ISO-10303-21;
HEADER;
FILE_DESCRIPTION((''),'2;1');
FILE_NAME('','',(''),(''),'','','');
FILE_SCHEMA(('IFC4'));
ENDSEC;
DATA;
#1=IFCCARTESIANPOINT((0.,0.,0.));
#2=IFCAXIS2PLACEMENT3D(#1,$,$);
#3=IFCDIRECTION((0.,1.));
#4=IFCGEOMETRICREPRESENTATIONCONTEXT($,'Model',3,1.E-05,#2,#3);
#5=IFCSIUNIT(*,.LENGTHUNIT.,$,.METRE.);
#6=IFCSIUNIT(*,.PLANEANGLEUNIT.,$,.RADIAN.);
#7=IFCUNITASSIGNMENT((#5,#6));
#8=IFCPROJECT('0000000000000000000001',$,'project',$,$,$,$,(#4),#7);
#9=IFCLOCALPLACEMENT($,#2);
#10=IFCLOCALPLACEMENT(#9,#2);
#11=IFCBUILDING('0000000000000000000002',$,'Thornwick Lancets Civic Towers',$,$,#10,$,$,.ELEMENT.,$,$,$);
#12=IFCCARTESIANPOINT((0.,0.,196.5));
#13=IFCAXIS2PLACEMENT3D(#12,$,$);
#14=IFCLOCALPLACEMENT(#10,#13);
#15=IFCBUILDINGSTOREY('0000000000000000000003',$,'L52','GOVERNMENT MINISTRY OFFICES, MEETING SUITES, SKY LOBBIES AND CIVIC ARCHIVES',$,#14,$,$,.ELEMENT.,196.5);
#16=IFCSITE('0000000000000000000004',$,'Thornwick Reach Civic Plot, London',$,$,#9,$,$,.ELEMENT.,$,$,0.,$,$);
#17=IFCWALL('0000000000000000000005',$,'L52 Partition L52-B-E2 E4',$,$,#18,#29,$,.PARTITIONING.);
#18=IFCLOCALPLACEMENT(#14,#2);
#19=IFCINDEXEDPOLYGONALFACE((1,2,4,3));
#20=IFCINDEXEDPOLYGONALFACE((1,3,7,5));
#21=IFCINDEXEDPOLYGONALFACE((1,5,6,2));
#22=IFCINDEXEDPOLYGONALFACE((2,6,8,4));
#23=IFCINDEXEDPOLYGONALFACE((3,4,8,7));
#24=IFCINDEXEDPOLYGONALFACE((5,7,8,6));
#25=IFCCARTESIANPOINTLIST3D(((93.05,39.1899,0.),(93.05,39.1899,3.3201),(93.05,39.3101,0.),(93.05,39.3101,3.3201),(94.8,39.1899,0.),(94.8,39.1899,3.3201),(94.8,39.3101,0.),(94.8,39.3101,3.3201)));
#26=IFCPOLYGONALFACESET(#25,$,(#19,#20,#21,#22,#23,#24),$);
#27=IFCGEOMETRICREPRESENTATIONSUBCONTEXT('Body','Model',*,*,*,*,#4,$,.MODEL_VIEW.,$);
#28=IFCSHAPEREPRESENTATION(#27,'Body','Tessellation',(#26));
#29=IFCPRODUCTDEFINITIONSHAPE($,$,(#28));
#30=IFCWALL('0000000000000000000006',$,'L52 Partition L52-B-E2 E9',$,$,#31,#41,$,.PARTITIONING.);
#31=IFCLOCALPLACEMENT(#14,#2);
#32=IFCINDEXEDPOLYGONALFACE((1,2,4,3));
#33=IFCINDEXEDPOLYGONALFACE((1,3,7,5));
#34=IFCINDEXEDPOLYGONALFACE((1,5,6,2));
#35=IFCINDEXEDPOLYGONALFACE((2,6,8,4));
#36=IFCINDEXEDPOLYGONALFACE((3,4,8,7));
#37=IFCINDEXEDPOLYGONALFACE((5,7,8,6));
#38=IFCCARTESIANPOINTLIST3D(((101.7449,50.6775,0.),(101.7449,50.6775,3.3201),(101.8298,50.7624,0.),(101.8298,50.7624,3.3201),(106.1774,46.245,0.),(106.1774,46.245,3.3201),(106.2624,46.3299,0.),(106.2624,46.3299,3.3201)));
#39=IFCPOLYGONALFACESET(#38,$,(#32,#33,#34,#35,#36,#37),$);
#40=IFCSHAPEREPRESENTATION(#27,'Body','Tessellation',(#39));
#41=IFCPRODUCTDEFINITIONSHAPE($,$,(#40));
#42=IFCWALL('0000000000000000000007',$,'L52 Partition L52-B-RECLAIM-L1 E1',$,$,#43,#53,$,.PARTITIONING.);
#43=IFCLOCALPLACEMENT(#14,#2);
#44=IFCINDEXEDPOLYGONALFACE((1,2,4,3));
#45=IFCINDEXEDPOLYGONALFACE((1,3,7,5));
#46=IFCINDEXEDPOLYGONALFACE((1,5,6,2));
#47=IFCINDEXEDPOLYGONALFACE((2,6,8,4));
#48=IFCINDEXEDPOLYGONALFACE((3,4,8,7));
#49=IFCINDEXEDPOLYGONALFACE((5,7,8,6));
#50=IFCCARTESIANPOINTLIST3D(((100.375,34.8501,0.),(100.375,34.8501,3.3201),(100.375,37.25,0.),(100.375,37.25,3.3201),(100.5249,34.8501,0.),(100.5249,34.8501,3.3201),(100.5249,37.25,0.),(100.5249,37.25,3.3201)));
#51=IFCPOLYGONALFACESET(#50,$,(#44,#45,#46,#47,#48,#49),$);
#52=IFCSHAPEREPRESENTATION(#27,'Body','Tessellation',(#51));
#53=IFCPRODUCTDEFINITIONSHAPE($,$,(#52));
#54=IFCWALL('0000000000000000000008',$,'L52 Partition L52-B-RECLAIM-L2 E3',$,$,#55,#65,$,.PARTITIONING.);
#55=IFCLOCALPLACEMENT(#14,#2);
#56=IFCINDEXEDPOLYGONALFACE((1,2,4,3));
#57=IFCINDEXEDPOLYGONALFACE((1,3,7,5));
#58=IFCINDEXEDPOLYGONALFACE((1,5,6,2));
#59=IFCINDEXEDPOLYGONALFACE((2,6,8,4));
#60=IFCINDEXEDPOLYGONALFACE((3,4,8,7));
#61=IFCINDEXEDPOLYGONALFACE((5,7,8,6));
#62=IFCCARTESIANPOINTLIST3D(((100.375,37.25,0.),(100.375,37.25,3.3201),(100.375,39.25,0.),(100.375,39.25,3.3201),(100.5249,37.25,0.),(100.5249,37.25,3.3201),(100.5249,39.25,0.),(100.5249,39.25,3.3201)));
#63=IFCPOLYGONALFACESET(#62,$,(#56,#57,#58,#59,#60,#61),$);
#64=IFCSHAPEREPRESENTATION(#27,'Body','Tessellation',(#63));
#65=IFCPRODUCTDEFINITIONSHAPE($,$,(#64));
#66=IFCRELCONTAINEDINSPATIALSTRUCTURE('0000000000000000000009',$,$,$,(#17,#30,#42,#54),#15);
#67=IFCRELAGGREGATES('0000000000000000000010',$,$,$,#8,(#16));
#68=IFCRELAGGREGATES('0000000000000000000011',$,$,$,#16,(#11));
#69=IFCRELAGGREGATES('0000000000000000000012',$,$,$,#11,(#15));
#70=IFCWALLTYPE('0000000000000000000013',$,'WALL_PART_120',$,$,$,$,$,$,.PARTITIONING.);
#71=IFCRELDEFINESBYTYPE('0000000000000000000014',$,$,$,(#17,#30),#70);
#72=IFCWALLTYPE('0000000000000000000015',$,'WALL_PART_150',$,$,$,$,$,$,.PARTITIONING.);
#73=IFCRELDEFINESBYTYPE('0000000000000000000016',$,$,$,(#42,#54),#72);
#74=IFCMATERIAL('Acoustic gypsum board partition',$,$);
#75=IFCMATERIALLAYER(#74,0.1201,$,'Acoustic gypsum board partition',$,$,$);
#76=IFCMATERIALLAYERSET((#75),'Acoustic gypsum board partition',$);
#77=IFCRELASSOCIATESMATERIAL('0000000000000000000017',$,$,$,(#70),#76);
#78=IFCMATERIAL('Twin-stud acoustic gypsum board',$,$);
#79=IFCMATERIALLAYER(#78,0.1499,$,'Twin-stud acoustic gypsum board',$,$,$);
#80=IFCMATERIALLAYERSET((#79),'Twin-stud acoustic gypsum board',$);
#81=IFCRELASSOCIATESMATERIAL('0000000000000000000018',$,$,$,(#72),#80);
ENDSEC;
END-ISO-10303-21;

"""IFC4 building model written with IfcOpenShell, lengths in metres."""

from ifc_helpers import new_model, si_unit, direction, frame, frame_2d, origin, place, context, subcontext, project, spatial, rectangle, extrude, material, layer, layer_set, type_object, element, save


model = new_model("IFC4")

# Units and contexts
model_context = context("Model", 3, precision=1e-05, world=origin(), true_north=direction((0.0, 1.0)))
body_context = subcontext(model_context, "Body", "Model", "MODEL_VIEW")
ifc_project = project(units=[si_unit("LENGTHUNIT", "METRE"), si_unit("PLANEANGLEUNIT", "RADIAN")], contexts=[model_context])

# Site, building, storey
site_placement = place(None, origin())
site = spatial("IfcSite", under=ifc_project, at=site_placement, Name="Thornwick Reach Civic Plot, London", CompositionType="ELEMENT", RefElevation=0.0)
building_placement = place(site_placement, origin())
building = spatial("IfcBuilding", under=site, at=building_placement, Name="Thornwick Lancets Civic Towers", CompositionType="ELEMENT")
storey_placement = place(building_placement, frame((0.0, 0.0, 196.5)))
storey = spatial("IfcBuildingStorey", under=building, at=storey_placement, Name="L52", Description="GOVERNMENT MINISTRY OFFICES, MEETING SUITES, SKY LOBBIES AND CIVIC ARCHIVES", CompositionType="ELEMENT", Elevation=196.5)

# Walls
ifc_material_1 = material(Name="Acoustic gypsum board partition")
ifc_layer_1 = layer(ifc_material_1, 0.1201, Name="Acoustic gypsum board partition")
ifc_layer_set_1 = layer_set([ifc_layer_1], Name="Acoustic gypsum board partition")
wall_type_1 = type_object("IfcWallType", Name="WALL_PART_120", PredefinedType="PARTITIONING", material=ifc_layer_set_1)
wall_1_placement = place(storey_placement, frame((94.8, 39.25, 0.0), z_axis=(0.0, 0.0, 1.0), x_axis=(-1.0, 0.0, 0.0)))
element("IfcWall", 1, at=wall_1_placement, inside=storey, type_object=wall_type_1, Name="L52 Partition L52-B-E2 E4", PredefinedType="PARTITIONING", context=body_context, shape_type="SweptSolid", body=[
    extrude(rectangle(XDim=1.75, YDim=0.1201, at=frame_2d((0.875, 0.0))), origin(), (0.0, 0.0, 1.0), 3.3201),
])
wall_2_placement = place(storey_placement, frame((101.7874, 50.72, 0.0), z_axis=(0.0, 0.0, 1.0), x_axis=(0.707107, -0.707107, 0.0)))
element("IfcWall", 2, at=wall_2_placement, inside=storey, type_object=wall_type_1, Name="L52 Partition L52-B-E2 E9", PredefinedType="PARTITIONING", context=body_context, shape_type="SweptSolid", body=[
    extrude(rectangle(XDim=6.2686, YDim=0.1201, at=frame_2d((3.1343, 0.0))), origin(), (0.0, 0.0, 1.0), 3.3201),
])
ifc_material_2 = material(Name="Twin-stud acoustic gypsum board")
ifc_layer_2 = layer(ifc_material_2, 0.1499, Name="Twin-stud acoustic gypsum board")
ifc_layer_set_2 = layer_set([ifc_layer_2], Name="Twin-stud acoustic gypsum board")
wall_type_2 = type_object("IfcWallType", Name="WALL_PART_150", PredefinedType="PARTITIONING", material=ifc_layer_set_2)
wall_3_placement = place(storey_placement, frame((100.45, 37.25, 0.0), z_axis=(0.0, 0.0, 1.0), x_axis=(0.0, -1.0, 0.0)))
element("IfcWall", 3, at=wall_3_placement, inside=storey, type_object=wall_type_2, Name="L52 Partition L52-B-RECLAIM-L1 E1", PredefinedType="PARTITIONING", context=body_context, shape_type="SweptSolid", body=[
    extrude(rectangle(XDim=2.3999, YDim=0.1499, at=frame_2d((1.2, 0.0))), origin(), (0.0, 0.0, 1.0), 3.3201),
])
wall_4_placement = place(storey_placement, frame((100.45, 39.25, 0.0), z_axis=(0.0, 0.0, 1.0), x_axis=(0.0, -1.0, 0.0)))
element("IfcWall", 4, at=wall_4_placement, inside=storey, type_object=wall_type_2, Name="L52 Partition L52-B-RECLAIM-L2 E3", PredefinedType="PARTITIONING", context=body_context, shape_type="SweptSolid", body=[
    extrude(rectangle(XDim=2.0, YDim=0.1499, at=frame_2d((1.0, 0.0))), origin(), (0.0, 0.0, 1.0), 3.3201),
])

save(model, "model.ifc")
